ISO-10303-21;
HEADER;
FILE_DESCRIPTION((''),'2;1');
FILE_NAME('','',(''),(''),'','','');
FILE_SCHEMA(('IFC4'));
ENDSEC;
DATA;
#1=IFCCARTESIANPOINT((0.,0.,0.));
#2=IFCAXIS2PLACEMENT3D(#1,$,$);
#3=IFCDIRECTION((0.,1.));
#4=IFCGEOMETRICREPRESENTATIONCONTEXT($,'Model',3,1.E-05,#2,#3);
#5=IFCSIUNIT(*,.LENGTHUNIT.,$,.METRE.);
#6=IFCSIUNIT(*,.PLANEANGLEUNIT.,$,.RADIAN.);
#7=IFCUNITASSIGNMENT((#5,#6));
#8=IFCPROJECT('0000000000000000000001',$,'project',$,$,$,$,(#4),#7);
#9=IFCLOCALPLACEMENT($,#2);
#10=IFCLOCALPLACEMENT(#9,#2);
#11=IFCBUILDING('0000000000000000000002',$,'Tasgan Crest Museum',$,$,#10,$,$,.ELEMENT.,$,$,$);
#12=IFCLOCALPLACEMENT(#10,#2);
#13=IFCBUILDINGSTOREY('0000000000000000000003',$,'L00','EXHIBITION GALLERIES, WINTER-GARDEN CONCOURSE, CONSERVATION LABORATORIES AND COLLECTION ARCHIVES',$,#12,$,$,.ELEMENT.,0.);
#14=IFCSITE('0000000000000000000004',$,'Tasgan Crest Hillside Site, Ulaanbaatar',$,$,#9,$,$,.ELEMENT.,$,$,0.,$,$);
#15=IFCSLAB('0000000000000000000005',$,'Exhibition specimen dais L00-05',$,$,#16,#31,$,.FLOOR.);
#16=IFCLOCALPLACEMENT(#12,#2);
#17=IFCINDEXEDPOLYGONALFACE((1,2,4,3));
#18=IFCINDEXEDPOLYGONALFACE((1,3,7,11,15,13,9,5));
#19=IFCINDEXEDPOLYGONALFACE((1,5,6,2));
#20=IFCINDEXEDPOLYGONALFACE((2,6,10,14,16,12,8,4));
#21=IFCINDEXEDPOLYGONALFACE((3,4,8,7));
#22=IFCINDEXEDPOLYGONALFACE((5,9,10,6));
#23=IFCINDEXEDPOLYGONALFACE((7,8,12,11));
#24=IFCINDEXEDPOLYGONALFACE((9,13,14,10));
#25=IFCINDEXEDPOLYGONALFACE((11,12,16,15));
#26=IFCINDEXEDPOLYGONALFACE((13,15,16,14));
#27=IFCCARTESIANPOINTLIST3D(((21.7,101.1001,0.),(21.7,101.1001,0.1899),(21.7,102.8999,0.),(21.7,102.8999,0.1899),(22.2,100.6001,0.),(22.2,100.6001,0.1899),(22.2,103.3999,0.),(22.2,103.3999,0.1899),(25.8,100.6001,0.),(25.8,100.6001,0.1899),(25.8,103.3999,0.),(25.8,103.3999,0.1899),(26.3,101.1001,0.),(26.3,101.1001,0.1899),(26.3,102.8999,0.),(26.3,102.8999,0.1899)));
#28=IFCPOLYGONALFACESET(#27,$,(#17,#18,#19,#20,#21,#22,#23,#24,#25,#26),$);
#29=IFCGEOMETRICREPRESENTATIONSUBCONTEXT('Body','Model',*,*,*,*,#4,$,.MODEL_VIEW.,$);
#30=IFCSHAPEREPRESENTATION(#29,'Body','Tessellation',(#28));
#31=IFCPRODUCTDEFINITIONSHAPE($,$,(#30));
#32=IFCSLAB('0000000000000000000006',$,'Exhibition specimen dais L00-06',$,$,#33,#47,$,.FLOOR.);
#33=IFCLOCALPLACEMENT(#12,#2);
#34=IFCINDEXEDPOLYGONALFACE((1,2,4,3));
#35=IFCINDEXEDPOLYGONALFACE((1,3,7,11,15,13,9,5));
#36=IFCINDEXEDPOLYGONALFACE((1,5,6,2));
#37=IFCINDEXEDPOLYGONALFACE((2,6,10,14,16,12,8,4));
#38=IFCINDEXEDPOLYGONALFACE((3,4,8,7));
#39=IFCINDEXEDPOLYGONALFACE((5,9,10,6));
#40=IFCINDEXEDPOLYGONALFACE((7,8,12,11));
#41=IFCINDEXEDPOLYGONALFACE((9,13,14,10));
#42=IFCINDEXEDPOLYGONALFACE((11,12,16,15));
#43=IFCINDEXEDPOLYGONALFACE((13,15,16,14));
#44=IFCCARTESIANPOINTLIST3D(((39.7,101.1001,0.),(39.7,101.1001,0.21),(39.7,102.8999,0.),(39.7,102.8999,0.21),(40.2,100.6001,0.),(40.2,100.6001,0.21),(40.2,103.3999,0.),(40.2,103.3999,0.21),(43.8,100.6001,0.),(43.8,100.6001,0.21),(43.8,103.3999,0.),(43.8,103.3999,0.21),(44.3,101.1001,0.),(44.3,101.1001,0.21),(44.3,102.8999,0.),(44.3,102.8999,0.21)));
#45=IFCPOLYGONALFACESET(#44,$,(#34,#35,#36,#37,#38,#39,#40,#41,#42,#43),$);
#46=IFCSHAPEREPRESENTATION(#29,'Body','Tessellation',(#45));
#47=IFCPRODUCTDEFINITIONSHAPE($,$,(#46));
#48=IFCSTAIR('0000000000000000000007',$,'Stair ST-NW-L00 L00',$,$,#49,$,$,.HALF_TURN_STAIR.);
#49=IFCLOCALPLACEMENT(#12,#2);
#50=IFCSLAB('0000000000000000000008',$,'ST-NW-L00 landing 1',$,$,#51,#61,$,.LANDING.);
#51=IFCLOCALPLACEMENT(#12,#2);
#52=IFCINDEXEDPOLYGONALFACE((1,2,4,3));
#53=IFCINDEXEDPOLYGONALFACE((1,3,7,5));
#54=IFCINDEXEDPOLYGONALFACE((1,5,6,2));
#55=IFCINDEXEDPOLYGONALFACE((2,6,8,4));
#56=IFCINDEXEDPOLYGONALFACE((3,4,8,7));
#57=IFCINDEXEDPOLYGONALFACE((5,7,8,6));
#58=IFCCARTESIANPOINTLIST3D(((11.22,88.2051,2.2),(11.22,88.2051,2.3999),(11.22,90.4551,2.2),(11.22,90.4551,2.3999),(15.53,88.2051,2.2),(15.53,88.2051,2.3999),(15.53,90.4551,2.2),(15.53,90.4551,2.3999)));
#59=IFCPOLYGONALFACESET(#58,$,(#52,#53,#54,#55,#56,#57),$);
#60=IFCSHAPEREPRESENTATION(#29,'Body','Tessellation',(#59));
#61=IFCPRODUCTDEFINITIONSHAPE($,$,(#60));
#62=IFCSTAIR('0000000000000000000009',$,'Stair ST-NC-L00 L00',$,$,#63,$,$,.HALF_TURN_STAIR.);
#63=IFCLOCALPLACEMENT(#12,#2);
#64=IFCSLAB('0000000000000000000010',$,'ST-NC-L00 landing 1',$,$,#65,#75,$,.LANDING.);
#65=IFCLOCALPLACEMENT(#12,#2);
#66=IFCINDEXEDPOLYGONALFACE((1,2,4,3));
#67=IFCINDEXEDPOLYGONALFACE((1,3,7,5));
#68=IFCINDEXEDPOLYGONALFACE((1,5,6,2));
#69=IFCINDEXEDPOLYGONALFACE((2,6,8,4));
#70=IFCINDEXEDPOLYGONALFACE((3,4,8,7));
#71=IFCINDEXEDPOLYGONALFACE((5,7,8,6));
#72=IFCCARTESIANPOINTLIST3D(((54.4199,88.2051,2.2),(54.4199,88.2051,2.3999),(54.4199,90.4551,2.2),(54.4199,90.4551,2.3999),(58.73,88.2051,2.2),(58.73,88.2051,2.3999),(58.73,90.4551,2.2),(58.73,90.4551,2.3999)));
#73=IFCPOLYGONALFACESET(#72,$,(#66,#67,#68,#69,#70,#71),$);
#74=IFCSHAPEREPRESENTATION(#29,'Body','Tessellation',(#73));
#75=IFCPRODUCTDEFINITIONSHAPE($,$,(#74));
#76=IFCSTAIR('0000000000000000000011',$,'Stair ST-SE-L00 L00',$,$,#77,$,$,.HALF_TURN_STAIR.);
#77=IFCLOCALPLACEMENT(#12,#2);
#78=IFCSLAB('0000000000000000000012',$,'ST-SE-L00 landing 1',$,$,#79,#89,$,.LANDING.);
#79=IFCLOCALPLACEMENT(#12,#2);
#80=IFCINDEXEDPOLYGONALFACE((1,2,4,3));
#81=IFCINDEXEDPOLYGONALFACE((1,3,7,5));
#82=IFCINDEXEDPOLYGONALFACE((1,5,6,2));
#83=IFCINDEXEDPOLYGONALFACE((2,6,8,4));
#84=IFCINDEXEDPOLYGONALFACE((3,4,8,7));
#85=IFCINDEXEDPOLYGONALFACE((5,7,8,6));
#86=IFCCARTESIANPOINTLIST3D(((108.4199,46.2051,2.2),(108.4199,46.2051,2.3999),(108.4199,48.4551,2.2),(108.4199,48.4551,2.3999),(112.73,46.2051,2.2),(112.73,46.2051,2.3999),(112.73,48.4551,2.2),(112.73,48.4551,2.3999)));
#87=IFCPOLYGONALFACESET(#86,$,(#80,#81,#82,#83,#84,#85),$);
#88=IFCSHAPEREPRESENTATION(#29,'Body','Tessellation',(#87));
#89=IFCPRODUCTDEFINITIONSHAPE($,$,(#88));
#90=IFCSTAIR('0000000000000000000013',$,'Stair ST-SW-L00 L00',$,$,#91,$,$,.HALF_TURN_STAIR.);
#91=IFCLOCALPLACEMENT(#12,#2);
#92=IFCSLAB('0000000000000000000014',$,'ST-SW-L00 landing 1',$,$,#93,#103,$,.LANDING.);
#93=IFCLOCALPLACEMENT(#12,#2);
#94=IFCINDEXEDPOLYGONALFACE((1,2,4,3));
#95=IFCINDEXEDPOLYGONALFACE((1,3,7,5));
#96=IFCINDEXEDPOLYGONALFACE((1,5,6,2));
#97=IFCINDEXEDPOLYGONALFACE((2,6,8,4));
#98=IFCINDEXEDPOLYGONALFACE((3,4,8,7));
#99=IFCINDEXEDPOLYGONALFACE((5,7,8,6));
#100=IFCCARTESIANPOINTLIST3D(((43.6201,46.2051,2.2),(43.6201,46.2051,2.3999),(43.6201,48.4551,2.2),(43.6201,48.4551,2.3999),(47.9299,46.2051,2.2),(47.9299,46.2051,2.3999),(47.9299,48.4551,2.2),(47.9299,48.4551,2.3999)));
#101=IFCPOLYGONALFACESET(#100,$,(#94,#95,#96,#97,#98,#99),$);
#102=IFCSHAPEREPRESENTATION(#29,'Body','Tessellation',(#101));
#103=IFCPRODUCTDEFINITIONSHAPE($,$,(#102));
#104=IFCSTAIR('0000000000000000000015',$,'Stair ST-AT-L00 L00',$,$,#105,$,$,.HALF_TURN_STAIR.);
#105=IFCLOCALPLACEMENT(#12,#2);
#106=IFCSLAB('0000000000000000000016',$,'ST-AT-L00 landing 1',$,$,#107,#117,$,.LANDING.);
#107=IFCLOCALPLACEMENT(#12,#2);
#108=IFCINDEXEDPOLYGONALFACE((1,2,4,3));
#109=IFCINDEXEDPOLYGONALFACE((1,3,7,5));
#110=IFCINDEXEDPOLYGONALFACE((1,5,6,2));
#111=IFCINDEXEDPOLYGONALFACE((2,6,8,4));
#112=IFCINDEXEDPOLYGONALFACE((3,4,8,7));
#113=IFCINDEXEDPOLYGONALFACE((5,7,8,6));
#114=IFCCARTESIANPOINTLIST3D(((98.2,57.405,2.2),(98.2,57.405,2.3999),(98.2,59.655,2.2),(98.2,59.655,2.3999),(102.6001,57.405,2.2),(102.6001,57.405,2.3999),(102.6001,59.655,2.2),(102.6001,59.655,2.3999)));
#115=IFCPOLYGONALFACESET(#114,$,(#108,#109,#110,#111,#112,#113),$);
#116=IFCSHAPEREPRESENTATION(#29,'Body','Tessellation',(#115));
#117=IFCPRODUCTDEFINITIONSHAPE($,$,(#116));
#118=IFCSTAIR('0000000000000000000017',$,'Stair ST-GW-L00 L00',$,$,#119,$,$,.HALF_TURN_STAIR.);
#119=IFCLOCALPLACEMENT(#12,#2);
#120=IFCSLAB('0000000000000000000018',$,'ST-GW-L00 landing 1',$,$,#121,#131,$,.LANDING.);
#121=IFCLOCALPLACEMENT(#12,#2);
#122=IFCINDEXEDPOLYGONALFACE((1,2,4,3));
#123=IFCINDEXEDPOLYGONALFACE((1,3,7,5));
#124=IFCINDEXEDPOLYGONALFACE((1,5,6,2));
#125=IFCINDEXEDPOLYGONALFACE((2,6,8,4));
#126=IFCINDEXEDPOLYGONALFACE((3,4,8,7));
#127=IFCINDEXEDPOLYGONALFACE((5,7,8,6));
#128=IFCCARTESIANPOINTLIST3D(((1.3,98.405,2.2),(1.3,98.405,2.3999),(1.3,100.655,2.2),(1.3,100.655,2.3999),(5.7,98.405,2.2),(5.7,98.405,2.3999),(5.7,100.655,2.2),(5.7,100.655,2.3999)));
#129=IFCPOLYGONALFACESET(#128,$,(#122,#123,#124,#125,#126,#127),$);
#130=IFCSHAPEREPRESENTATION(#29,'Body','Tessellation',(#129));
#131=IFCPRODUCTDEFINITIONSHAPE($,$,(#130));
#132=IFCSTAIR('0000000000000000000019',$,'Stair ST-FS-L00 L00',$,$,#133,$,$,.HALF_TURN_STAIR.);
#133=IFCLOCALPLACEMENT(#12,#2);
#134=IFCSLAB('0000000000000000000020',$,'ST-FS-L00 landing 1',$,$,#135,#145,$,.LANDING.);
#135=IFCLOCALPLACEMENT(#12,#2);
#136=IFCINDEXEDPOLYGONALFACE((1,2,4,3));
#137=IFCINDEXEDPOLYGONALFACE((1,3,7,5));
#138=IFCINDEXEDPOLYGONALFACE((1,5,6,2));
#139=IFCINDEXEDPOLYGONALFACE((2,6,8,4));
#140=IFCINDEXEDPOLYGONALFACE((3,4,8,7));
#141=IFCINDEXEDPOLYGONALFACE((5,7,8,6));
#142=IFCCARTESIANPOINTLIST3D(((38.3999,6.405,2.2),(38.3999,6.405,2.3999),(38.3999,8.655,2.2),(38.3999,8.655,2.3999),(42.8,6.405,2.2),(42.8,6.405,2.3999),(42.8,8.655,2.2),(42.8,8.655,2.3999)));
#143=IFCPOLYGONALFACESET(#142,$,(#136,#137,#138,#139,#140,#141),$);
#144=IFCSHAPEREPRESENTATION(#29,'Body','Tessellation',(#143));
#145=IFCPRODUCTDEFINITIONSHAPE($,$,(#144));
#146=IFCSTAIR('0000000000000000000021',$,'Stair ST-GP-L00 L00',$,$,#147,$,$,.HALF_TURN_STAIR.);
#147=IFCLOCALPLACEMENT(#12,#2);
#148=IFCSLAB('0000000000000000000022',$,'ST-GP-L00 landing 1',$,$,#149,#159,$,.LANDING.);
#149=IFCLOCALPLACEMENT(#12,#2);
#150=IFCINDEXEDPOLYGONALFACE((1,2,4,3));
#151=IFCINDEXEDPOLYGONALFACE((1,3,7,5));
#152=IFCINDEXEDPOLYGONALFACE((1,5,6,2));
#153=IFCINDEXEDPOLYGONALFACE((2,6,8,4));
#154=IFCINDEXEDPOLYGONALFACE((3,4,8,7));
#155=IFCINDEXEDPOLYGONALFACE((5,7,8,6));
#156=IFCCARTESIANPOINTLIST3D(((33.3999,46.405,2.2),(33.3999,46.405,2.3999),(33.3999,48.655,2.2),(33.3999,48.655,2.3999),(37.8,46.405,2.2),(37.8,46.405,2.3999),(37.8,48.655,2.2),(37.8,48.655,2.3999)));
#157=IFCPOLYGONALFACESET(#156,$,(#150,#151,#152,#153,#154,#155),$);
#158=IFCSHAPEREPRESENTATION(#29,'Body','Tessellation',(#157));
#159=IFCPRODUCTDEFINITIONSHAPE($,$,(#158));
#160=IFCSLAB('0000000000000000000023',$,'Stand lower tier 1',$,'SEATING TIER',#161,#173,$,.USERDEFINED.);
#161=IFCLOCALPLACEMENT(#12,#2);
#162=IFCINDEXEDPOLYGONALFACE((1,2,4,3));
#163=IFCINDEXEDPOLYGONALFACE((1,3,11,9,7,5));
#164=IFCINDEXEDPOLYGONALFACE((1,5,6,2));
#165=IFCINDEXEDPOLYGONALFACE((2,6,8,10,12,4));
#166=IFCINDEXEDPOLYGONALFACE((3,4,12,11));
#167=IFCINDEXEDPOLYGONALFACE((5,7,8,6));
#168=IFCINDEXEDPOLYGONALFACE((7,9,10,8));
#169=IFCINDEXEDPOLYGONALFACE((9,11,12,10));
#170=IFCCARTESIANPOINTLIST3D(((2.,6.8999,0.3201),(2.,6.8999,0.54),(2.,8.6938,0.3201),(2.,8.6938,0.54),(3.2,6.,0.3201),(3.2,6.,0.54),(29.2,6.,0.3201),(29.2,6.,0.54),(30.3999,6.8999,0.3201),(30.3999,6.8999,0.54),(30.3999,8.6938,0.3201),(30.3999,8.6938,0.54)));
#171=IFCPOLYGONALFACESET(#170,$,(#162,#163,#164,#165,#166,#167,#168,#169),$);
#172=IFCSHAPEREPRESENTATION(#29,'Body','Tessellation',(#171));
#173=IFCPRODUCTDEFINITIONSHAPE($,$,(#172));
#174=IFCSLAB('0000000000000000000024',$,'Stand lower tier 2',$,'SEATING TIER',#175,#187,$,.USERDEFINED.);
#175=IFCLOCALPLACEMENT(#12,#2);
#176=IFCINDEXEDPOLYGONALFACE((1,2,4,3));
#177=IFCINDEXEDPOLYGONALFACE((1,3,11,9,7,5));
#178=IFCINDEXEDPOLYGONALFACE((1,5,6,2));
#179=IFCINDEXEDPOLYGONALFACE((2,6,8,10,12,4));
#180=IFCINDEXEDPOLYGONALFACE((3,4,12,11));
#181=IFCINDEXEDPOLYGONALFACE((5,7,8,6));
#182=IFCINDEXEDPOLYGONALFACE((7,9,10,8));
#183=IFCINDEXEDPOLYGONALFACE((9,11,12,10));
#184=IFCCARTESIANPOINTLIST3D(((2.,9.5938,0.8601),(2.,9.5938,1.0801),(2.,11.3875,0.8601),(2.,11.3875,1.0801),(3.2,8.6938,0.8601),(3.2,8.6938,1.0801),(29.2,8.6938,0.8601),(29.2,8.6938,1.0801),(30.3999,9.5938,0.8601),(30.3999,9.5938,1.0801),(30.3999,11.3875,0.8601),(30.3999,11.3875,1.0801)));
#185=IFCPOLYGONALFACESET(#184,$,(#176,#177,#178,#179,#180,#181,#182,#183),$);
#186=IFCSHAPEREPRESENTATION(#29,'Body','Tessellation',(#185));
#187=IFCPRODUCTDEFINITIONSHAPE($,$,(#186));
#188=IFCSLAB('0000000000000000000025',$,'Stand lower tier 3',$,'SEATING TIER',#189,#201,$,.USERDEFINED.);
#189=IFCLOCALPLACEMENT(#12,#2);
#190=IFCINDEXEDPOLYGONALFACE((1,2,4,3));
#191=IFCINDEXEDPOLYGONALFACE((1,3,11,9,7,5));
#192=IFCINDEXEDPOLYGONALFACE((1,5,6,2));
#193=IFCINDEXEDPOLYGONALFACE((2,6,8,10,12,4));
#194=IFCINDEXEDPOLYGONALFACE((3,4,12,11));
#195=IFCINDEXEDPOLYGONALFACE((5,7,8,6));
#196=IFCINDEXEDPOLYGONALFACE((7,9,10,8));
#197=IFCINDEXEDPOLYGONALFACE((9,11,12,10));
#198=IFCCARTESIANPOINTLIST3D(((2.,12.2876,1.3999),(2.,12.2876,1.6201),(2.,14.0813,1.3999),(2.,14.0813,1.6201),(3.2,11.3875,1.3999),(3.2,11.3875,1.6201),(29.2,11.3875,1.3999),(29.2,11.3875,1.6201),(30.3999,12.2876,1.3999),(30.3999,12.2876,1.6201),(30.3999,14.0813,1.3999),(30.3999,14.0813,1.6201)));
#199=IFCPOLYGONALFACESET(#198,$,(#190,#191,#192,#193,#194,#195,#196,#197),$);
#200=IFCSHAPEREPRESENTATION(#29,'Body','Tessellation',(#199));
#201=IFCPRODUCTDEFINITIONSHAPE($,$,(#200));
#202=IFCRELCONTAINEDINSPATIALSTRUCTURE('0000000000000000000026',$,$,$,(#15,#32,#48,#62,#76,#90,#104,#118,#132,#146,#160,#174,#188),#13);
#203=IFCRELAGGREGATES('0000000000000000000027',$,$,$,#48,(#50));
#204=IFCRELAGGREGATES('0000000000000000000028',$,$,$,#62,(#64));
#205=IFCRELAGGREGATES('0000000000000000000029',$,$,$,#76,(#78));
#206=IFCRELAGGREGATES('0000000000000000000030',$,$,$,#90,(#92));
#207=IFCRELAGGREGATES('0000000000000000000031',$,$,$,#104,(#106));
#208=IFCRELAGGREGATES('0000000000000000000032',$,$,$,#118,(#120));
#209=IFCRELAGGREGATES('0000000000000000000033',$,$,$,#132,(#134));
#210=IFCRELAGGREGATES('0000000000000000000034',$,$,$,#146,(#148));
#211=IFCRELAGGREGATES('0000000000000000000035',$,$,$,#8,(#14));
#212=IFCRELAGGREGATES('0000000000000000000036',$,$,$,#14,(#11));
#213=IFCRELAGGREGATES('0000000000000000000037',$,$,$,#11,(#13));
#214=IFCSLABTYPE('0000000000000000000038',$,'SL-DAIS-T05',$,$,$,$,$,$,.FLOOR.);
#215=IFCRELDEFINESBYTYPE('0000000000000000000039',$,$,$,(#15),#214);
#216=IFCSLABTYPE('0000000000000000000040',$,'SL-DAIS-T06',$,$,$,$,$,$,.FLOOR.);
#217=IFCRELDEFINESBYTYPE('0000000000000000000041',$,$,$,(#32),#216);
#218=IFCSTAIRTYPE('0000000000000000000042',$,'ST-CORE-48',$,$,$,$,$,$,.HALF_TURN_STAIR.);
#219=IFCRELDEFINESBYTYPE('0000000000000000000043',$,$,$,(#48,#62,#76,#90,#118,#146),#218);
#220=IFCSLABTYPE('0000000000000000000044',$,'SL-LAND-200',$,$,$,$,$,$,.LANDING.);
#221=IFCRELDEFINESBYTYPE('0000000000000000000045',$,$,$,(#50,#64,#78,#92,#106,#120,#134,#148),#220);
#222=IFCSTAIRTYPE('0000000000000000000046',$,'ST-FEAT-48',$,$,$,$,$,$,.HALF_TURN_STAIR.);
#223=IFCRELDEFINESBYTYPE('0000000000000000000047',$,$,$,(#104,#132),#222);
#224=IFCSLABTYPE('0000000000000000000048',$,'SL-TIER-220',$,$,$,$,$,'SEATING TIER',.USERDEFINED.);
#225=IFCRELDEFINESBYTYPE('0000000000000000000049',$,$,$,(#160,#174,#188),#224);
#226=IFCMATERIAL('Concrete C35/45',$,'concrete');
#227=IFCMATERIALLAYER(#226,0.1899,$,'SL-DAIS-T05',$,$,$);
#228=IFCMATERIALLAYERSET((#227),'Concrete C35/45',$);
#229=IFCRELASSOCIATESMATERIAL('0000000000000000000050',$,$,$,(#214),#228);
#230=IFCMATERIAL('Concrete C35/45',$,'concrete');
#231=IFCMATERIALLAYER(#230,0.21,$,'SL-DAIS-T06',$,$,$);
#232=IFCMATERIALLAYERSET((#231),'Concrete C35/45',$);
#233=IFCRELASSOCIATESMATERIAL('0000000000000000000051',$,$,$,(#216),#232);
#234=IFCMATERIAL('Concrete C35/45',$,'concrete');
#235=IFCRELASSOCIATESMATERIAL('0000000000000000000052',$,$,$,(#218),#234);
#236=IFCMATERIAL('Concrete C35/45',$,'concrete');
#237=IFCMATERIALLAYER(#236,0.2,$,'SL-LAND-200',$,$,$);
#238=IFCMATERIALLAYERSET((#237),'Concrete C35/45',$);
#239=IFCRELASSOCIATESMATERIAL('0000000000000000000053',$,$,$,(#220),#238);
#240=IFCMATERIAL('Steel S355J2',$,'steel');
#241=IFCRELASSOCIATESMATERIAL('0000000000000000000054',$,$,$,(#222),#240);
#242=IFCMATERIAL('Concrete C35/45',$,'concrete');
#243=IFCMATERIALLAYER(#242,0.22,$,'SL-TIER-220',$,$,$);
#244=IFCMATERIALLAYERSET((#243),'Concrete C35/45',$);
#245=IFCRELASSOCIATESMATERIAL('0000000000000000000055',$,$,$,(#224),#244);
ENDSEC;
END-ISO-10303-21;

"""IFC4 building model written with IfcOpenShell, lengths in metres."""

from ifc_helpers import new_model, si_unit, direction, frame, origin, place, context, subcontext, project, spatial, polyline, outline, extrude, material, layer, layer_set, type_object, element, aggregate, save


model = new_model("IFC4")

# Units and contexts
model_context = context("Model", 3, precision=1e-05, world=origin(), true_north=direction((0.0, 1.0)))
body_context = subcontext(model_context, "Body", "Model", "MODEL_VIEW")
ifc_project = project(units=[si_unit("LENGTHUNIT", "METRE"), si_unit("PLANEANGLEUNIT", "RADIAN")], contexts=[model_context])

# Site, building, storey
site_placement = place(None, origin())
site = spatial("IfcSite", under=ifc_project, at=site_placement, Name="Tasgan Crest Hillside Site, Ulaanbaatar", CompositionType="ELEMENT", RefElevation=0.0)
building_placement = place(site_placement, origin())
building = spatial("IfcBuilding", under=site, at=building_placement, Name="Tasgan Crest Museum", CompositionType="ELEMENT")
storey_placement = place(building_placement, origin())
storey = spatial("IfcBuildingStorey", under=building, at=storey_placement, Name="L00", Description="EXHIBITION GALLERIES, WINTER-GARDEN CONCOURSE, CONSERVATION LABORATORIES AND COLLECTION ARCHIVES", CompositionType="ELEMENT", Elevation=0.0)

# Slabs
ifc_material_1 = material(Name="Concrete C35/45", Category="concrete")
ifc_layer_1 = layer(ifc_material_1, 0.1899, Name="SL-DAIS-T05")
ifc_layer_set_1 = layer_set([ifc_layer_1], Name="Concrete C35/45")
slab_type_1 = type_object("IfcSlabType", Name="SL-DAIS-T05", PredefinedType="FLOOR", material=ifc_layer_set_1)
slab_1_placement = place(storey_placement, origin())
element("IfcSlab", 1, at=slab_1_placement, inside=storey, type_object=slab_type_1, Name="Exhibition specimen dais L00-05", PredefinedType="FLOOR", context=body_context, shape_type="SweptSolid", body=[
    extrude(outline(polyline([(22.2, 100.6001), (25.8, 100.6001), (26.3, 101.1001), (26.3, 102.8999), (25.8, 103.3999), (22.2, 103.3999), (21.7, 102.8999), (21.7, 101.1001), (22.2, 100.6001)])), origin(), (0.0, 0.0, 1.0), 0.1899),
])
ifc_material_2 = material(Name="Concrete C35/45", Category="concrete")
ifc_layer_2 = layer(ifc_material_2, 0.21, Name="SL-DAIS-T06")
ifc_layer_set_2 = layer_set([ifc_layer_2], Name="Concrete C35/45")
slab_type_2 = type_object("IfcSlabType", Name="SL-DAIS-T06", PredefinedType="FLOOR", material=ifc_layer_set_2)
slab_2_placement = place(storey_placement, origin())
element("IfcSlab", 2, at=slab_2_placement, inside=storey, type_object=slab_type_2, Name="Exhibition specimen dais L00-06", PredefinedType="FLOOR", context=body_context, shape_type="SweptSolid", body=[
    extrude(outline(polyline([(40.2, 100.6001), (43.8, 100.6001), (44.3, 101.1001), (44.3, 102.8999), (43.8, 103.3999), (40.2, 103.3999), (39.7, 102.8999), (39.7, 101.1001), (40.2, 100.6001)])), origin(), (0.0, 0.0, 1.0), 0.21),
])

# Stairs, slabs
ifc_material_3 = material(Name="Concrete C35/45", Category="concrete")
stair_type_1 = type_object("IfcStairType", Name="ST-CORE-48", PredefinedType="HALF_TURN_STAIR", material=ifc_material_3)
stair_1_placement = place(storey_placement, origin())
stair_1 = element("IfcStair", 3, at=stair_1_placement, inside=storey, type_object=stair_type_1, Name="Stair ST-NW-L00 L00", PredefinedType="HALF_TURN_STAIR")
ifc_material_4 = material(Name="Concrete C35/45", Category="concrete")
ifc_layer_3 = layer(ifc_material_4, 0.2, Name="SL-LAND-200")
ifc_layer_set_3 = layer_set([ifc_layer_3], Name="Concrete C35/45")
slab_type_3 = type_object("IfcSlabType", Name="SL-LAND-200", PredefinedType="LANDING", material=ifc_layer_set_3)
slab_3_placement = place(storey_placement, frame((0.0, 0.0, 2.2)))
slab_3 = element("IfcSlab", 4, at=slab_3_placement, type_object=slab_type_3, Name="ST-NW-L00 landing 1", PredefinedType="LANDING", context=body_context, shape_type="SweptSolid", body=[
    extrude(outline(polyline([(11.22, 88.2051), (15.53, 88.2051), (15.53, 90.4551), (11.22, 90.4551), (11.22, 88.2051)])), origin(), (0.0, 0.0, 1.0), 0.2),
])
aggregate(stair_1, [slab_3])
stair_2_placement = place(storey_placement, origin())
stair_2 = element("IfcStair", 5, at=stair_2_placement, inside=storey, type_object=stair_type_1, Name="Stair ST-NC-L00 L00", PredefinedType="HALF_TURN_STAIR")
slab_4_placement = place(storey_placement, frame((0.0, 0.0, 2.2)))
slab_4 = element("IfcSlab", 6, at=slab_4_placement, type_object=slab_type_3, Name="ST-NC-L00 landing 1", PredefinedType="LANDING", context=body_context, shape_type="SweptSolid", body=[
    extrude(outline(polyline([(54.4199, 88.2051), (58.73, 88.2051), (58.73, 90.4551), (54.4199, 90.4551), (54.4199, 88.2051)])), origin(), (0.0, 0.0, 1.0), 0.2),
])
aggregate(stair_2, [slab_4])
stair_3_placement = place(storey_placement, origin())
stair_3 = element("IfcStair", 7, at=stair_3_placement, inside=storey, type_object=stair_type_1, Name="Stair ST-SE-L00 L00", PredefinedType="HALF_TURN_STAIR")
slab_5_placement = place(storey_placement, frame((0.0, 0.0, 2.2)))
slab_5 = element("IfcSlab", 8, at=slab_5_placement, type_object=slab_type_3, Name="ST-SE-L00 landing 1", PredefinedType="LANDING", context=body_context, shape_type="SweptSolid", body=[
    extrude(outline(polyline([(108.4199, 46.2051), (112.73, 46.2051), (112.73, 48.4551), (108.4199, 48.4551), (108.4199, 46.2051)])), origin(), (0.0, 0.0, 1.0), 0.2),
])
aggregate(stair_3, [slab_5])
stair_4_placement = place(storey_placement, origin())
stair_4 = element("IfcStair", 9, at=stair_4_placement, inside=storey, type_object=stair_type_1, Name="Stair ST-SW-L00 L00", PredefinedType="HALF_TURN_STAIR")
slab_6_placement = place(storey_placement, frame((0.0, 0.0, 2.2)))
slab_6 = element("IfcSlab", 10, at=slab_6_placement, type_object=slab_type_3, Name="ST-SW-L00 landing 1", PredefinedType="LANDING", context=body_context, shape_type="SweptSolid", body=[
    extrude(outline(polyline([(43.6201, 46.2051), (47.9299, 46.2051), (47.9299, 48.4551), (43.6201, 48.4551), (43.6201, 46.2051)])), origin(), (0.0, 0.0, 1.0), 0.2),
])
aggregate(stair_4, [slab_6])
ifc_material_5 = material(Name="Steel S355J2", Category="steel")
stair_type_2 = type_object("IfcStairType", Name="ST-FEAT-48", PredefinedType="HALF_TURN_STAIR", material=ifc_material_5)
stair_5_placement = place(storey_placement, origin())
stair_5 = element("IfcStair", 11, at=stair_5_placement, inside=storey, type_object=stair_type_2, Name="Stair ST-AT-L00 L00", PredefinedType="HALF_TURN_STAIR")
slab_7_placement = place(storey_placement, frame((0.0, 0.0, 2.2)))
slab_7 = element("IfcSlab", 12, at=slab_7_placement, type_object=slab_type_3, Name="ST-AT-L00 landing 1", PredefinedType="LANDING", context=body_context, shape_type="SweptSolid", body=[
    extrude(outline(polyline([(98.2, 57.405), (102.6001, 57.405), (102.6001, 59.655), (98.2, 59.655), (98.2, 57.405)])), origin(), (0.0, 0.0, 1.0), 0.2),
])
aggregate(stair_5, [slab_7])
stair_6_placement = place(storey_placement, origin())
stair_6 = element("IfcStair", 13, at=stair_6_placement, inside=storey, type_object=stair_type_1, Name="Stair ST-GW-L00 L00", PredefinedType="HALF_TURN_STAIR")
slab_8_placement = place(storey_placement, frame((0.0, 0.0, 2.2)))
slab_8 = element("IfcSlab", 14, at=slab_8_placement, type_object=slab_type_3, Name="ST-GW-L00 landing 1", PredefinedType="LANDING", context=body_context, shape_type="SweptSolid", body=[
    extrude(outline(polyline([(1.3, 98.405), (5.7, 98.405), (5.7, 100.655), (1.3, 100.655), (1.3, 98.405)])), origin(), (0.0, 0.0, 1.0), 0.2),
])
aggregate(stair_6, [slab_8])
stair_7_placement = place(storey_placement, origin())
stair_7 = element("IfcStair", 15, at=stair_7_placement, inside=storey, type_object=stair_type_2, Name="Stair ST-FS-L00 L00", PredefinedType="HALF_TURN_STAIR")
slab_9_placement = place(storey_placement, frame((0.0, 0.0, 2.2)))
slab_9 = element("IfcSlab", 16, at=slab_9_placement, type_object=slab_type_3, Name="ST-FS-L00 landing 1", PredefinedType="LANDING", context=body_context, shape_type="SweptSolid", body=[
    extrude(outline(polyline([(38.3999, 6.405), (42.8, 6.405), (42.8, 8.655), (38.3999, 8.655), (38.3999, 6.405)])), origin(), (0.0, 0.0, 1.0), 0.2),
])
aggregate(stair_7, [slab_9])
stair_8_placement = place(storey_placement, origin())
stair_8 = element("IfcStair", 17, at=stair_8_placement, inside=storey, type_object=stair_type_1, Name="Stair ST-GP-L00 L00", PredefinedType="HALF_TURN_STAIR")
slab_10_placement = place(storey_placement, frame((0.0, 0.0, 2.2)))
slab_10 = element("IfcSlab", 18, at=slab_10_placement, type_object=slab_type_3, Name="ST-GP-L00 landing 1", PredefinedType="LANDING", context=body_context, shape_type="SweptSolid", body=[
    extrude(outline(polyline([(33.3999, 46.405), (37.8, 46.405), (37.8, 48.655), (33.3999, 48.655), (33.3999, 46.405)])), origin(), (0.0, 0.0, 1.0), 0.2),
])
aggregate(stair_8, [slab_10])

# Slabs
ifc_material_6 = material(Name="Concrete C35/45", Category="concrete")
ifc_layer_4 = layer(ifc_material_6, 0.22, Name="SL-TIER-220")
ifc_layer_set_4 = layer_set([ifc_layer_4], Name="Concrete C35/45")
slab_type_4 = type_object("IfcSlabType", Name="SL-TIER-220", ElementType="SEATING TIER", PredefinedType="USERDEFINED", material=ifc_layer_set_4)
slab_11_placement = place(storey_placement, frame((0.0, 0.0, 0.3201)))
element("IfcSlab", 19, at=slab_11_placement, inside=storey, type_object=slab_type_4, Name="Stand lower tier 1", ObjectType="SEATING TIER", PredefinedType="USERDEFINED", context=body_context, shape_type="SweptSolid", body=[
    extrude(outline(polyline([(3.2, 6.0), (29.2, 6.0), (30.3999, 6.8999), (30.3999, 8.6938), (2.0, 8.6938), (2.0, 6.8999), (3.2, 6.0)])), origin(), (0.0, 0.0, 1.0), 0.22),
])
slab_12_placement = place(storey_placement, frame((0.0, 0.0, 0.8601)))
element("IfcSlab", 20, at=slab_12_placement, inside=storey, type_object=slab_type_4, Name="Stand lower tier 2", ObjectType="SEATING TIER", PredefinedType="USERDEFINED", context=body_context, shape_type="SweptSolid", body=[
    extrude(outline(polyline([(3.2, 8.6938), (29.2, 8.6938), (30.3999, 9.5938), (30.3999, 11.3875), (2.0, 11.3875), (2.0, 9.5938), (3.2, 8.6938)])), origin(), (0.0, 0.0, 1.0), 0.22),
])
slab_13_placement = place(storey_placement, frame((0.0, 0.0, 1.3999)))
element("IfcSlab", 21, at=slab_13_placement, inside=storey, type_object=slab_type_4, Name="Stand lower tier 3", ObjectType="SEATING TIER", PredefinedType="USERDEFINED", context=body_context, shape_type="SweptSolid", body=[
    extrude(outline(polyline([(3.2, 11.3875), (29.2, 11.3875), (30.3999, 12.2876), (30.3999, 14.0813), (2.0, 14.0813), (2.0, 12.2876), (3.2, 11.3875)])), origin(), (0.0, 0.0, 1.0), 0.2202),
])

save(model, "model.ifc")
